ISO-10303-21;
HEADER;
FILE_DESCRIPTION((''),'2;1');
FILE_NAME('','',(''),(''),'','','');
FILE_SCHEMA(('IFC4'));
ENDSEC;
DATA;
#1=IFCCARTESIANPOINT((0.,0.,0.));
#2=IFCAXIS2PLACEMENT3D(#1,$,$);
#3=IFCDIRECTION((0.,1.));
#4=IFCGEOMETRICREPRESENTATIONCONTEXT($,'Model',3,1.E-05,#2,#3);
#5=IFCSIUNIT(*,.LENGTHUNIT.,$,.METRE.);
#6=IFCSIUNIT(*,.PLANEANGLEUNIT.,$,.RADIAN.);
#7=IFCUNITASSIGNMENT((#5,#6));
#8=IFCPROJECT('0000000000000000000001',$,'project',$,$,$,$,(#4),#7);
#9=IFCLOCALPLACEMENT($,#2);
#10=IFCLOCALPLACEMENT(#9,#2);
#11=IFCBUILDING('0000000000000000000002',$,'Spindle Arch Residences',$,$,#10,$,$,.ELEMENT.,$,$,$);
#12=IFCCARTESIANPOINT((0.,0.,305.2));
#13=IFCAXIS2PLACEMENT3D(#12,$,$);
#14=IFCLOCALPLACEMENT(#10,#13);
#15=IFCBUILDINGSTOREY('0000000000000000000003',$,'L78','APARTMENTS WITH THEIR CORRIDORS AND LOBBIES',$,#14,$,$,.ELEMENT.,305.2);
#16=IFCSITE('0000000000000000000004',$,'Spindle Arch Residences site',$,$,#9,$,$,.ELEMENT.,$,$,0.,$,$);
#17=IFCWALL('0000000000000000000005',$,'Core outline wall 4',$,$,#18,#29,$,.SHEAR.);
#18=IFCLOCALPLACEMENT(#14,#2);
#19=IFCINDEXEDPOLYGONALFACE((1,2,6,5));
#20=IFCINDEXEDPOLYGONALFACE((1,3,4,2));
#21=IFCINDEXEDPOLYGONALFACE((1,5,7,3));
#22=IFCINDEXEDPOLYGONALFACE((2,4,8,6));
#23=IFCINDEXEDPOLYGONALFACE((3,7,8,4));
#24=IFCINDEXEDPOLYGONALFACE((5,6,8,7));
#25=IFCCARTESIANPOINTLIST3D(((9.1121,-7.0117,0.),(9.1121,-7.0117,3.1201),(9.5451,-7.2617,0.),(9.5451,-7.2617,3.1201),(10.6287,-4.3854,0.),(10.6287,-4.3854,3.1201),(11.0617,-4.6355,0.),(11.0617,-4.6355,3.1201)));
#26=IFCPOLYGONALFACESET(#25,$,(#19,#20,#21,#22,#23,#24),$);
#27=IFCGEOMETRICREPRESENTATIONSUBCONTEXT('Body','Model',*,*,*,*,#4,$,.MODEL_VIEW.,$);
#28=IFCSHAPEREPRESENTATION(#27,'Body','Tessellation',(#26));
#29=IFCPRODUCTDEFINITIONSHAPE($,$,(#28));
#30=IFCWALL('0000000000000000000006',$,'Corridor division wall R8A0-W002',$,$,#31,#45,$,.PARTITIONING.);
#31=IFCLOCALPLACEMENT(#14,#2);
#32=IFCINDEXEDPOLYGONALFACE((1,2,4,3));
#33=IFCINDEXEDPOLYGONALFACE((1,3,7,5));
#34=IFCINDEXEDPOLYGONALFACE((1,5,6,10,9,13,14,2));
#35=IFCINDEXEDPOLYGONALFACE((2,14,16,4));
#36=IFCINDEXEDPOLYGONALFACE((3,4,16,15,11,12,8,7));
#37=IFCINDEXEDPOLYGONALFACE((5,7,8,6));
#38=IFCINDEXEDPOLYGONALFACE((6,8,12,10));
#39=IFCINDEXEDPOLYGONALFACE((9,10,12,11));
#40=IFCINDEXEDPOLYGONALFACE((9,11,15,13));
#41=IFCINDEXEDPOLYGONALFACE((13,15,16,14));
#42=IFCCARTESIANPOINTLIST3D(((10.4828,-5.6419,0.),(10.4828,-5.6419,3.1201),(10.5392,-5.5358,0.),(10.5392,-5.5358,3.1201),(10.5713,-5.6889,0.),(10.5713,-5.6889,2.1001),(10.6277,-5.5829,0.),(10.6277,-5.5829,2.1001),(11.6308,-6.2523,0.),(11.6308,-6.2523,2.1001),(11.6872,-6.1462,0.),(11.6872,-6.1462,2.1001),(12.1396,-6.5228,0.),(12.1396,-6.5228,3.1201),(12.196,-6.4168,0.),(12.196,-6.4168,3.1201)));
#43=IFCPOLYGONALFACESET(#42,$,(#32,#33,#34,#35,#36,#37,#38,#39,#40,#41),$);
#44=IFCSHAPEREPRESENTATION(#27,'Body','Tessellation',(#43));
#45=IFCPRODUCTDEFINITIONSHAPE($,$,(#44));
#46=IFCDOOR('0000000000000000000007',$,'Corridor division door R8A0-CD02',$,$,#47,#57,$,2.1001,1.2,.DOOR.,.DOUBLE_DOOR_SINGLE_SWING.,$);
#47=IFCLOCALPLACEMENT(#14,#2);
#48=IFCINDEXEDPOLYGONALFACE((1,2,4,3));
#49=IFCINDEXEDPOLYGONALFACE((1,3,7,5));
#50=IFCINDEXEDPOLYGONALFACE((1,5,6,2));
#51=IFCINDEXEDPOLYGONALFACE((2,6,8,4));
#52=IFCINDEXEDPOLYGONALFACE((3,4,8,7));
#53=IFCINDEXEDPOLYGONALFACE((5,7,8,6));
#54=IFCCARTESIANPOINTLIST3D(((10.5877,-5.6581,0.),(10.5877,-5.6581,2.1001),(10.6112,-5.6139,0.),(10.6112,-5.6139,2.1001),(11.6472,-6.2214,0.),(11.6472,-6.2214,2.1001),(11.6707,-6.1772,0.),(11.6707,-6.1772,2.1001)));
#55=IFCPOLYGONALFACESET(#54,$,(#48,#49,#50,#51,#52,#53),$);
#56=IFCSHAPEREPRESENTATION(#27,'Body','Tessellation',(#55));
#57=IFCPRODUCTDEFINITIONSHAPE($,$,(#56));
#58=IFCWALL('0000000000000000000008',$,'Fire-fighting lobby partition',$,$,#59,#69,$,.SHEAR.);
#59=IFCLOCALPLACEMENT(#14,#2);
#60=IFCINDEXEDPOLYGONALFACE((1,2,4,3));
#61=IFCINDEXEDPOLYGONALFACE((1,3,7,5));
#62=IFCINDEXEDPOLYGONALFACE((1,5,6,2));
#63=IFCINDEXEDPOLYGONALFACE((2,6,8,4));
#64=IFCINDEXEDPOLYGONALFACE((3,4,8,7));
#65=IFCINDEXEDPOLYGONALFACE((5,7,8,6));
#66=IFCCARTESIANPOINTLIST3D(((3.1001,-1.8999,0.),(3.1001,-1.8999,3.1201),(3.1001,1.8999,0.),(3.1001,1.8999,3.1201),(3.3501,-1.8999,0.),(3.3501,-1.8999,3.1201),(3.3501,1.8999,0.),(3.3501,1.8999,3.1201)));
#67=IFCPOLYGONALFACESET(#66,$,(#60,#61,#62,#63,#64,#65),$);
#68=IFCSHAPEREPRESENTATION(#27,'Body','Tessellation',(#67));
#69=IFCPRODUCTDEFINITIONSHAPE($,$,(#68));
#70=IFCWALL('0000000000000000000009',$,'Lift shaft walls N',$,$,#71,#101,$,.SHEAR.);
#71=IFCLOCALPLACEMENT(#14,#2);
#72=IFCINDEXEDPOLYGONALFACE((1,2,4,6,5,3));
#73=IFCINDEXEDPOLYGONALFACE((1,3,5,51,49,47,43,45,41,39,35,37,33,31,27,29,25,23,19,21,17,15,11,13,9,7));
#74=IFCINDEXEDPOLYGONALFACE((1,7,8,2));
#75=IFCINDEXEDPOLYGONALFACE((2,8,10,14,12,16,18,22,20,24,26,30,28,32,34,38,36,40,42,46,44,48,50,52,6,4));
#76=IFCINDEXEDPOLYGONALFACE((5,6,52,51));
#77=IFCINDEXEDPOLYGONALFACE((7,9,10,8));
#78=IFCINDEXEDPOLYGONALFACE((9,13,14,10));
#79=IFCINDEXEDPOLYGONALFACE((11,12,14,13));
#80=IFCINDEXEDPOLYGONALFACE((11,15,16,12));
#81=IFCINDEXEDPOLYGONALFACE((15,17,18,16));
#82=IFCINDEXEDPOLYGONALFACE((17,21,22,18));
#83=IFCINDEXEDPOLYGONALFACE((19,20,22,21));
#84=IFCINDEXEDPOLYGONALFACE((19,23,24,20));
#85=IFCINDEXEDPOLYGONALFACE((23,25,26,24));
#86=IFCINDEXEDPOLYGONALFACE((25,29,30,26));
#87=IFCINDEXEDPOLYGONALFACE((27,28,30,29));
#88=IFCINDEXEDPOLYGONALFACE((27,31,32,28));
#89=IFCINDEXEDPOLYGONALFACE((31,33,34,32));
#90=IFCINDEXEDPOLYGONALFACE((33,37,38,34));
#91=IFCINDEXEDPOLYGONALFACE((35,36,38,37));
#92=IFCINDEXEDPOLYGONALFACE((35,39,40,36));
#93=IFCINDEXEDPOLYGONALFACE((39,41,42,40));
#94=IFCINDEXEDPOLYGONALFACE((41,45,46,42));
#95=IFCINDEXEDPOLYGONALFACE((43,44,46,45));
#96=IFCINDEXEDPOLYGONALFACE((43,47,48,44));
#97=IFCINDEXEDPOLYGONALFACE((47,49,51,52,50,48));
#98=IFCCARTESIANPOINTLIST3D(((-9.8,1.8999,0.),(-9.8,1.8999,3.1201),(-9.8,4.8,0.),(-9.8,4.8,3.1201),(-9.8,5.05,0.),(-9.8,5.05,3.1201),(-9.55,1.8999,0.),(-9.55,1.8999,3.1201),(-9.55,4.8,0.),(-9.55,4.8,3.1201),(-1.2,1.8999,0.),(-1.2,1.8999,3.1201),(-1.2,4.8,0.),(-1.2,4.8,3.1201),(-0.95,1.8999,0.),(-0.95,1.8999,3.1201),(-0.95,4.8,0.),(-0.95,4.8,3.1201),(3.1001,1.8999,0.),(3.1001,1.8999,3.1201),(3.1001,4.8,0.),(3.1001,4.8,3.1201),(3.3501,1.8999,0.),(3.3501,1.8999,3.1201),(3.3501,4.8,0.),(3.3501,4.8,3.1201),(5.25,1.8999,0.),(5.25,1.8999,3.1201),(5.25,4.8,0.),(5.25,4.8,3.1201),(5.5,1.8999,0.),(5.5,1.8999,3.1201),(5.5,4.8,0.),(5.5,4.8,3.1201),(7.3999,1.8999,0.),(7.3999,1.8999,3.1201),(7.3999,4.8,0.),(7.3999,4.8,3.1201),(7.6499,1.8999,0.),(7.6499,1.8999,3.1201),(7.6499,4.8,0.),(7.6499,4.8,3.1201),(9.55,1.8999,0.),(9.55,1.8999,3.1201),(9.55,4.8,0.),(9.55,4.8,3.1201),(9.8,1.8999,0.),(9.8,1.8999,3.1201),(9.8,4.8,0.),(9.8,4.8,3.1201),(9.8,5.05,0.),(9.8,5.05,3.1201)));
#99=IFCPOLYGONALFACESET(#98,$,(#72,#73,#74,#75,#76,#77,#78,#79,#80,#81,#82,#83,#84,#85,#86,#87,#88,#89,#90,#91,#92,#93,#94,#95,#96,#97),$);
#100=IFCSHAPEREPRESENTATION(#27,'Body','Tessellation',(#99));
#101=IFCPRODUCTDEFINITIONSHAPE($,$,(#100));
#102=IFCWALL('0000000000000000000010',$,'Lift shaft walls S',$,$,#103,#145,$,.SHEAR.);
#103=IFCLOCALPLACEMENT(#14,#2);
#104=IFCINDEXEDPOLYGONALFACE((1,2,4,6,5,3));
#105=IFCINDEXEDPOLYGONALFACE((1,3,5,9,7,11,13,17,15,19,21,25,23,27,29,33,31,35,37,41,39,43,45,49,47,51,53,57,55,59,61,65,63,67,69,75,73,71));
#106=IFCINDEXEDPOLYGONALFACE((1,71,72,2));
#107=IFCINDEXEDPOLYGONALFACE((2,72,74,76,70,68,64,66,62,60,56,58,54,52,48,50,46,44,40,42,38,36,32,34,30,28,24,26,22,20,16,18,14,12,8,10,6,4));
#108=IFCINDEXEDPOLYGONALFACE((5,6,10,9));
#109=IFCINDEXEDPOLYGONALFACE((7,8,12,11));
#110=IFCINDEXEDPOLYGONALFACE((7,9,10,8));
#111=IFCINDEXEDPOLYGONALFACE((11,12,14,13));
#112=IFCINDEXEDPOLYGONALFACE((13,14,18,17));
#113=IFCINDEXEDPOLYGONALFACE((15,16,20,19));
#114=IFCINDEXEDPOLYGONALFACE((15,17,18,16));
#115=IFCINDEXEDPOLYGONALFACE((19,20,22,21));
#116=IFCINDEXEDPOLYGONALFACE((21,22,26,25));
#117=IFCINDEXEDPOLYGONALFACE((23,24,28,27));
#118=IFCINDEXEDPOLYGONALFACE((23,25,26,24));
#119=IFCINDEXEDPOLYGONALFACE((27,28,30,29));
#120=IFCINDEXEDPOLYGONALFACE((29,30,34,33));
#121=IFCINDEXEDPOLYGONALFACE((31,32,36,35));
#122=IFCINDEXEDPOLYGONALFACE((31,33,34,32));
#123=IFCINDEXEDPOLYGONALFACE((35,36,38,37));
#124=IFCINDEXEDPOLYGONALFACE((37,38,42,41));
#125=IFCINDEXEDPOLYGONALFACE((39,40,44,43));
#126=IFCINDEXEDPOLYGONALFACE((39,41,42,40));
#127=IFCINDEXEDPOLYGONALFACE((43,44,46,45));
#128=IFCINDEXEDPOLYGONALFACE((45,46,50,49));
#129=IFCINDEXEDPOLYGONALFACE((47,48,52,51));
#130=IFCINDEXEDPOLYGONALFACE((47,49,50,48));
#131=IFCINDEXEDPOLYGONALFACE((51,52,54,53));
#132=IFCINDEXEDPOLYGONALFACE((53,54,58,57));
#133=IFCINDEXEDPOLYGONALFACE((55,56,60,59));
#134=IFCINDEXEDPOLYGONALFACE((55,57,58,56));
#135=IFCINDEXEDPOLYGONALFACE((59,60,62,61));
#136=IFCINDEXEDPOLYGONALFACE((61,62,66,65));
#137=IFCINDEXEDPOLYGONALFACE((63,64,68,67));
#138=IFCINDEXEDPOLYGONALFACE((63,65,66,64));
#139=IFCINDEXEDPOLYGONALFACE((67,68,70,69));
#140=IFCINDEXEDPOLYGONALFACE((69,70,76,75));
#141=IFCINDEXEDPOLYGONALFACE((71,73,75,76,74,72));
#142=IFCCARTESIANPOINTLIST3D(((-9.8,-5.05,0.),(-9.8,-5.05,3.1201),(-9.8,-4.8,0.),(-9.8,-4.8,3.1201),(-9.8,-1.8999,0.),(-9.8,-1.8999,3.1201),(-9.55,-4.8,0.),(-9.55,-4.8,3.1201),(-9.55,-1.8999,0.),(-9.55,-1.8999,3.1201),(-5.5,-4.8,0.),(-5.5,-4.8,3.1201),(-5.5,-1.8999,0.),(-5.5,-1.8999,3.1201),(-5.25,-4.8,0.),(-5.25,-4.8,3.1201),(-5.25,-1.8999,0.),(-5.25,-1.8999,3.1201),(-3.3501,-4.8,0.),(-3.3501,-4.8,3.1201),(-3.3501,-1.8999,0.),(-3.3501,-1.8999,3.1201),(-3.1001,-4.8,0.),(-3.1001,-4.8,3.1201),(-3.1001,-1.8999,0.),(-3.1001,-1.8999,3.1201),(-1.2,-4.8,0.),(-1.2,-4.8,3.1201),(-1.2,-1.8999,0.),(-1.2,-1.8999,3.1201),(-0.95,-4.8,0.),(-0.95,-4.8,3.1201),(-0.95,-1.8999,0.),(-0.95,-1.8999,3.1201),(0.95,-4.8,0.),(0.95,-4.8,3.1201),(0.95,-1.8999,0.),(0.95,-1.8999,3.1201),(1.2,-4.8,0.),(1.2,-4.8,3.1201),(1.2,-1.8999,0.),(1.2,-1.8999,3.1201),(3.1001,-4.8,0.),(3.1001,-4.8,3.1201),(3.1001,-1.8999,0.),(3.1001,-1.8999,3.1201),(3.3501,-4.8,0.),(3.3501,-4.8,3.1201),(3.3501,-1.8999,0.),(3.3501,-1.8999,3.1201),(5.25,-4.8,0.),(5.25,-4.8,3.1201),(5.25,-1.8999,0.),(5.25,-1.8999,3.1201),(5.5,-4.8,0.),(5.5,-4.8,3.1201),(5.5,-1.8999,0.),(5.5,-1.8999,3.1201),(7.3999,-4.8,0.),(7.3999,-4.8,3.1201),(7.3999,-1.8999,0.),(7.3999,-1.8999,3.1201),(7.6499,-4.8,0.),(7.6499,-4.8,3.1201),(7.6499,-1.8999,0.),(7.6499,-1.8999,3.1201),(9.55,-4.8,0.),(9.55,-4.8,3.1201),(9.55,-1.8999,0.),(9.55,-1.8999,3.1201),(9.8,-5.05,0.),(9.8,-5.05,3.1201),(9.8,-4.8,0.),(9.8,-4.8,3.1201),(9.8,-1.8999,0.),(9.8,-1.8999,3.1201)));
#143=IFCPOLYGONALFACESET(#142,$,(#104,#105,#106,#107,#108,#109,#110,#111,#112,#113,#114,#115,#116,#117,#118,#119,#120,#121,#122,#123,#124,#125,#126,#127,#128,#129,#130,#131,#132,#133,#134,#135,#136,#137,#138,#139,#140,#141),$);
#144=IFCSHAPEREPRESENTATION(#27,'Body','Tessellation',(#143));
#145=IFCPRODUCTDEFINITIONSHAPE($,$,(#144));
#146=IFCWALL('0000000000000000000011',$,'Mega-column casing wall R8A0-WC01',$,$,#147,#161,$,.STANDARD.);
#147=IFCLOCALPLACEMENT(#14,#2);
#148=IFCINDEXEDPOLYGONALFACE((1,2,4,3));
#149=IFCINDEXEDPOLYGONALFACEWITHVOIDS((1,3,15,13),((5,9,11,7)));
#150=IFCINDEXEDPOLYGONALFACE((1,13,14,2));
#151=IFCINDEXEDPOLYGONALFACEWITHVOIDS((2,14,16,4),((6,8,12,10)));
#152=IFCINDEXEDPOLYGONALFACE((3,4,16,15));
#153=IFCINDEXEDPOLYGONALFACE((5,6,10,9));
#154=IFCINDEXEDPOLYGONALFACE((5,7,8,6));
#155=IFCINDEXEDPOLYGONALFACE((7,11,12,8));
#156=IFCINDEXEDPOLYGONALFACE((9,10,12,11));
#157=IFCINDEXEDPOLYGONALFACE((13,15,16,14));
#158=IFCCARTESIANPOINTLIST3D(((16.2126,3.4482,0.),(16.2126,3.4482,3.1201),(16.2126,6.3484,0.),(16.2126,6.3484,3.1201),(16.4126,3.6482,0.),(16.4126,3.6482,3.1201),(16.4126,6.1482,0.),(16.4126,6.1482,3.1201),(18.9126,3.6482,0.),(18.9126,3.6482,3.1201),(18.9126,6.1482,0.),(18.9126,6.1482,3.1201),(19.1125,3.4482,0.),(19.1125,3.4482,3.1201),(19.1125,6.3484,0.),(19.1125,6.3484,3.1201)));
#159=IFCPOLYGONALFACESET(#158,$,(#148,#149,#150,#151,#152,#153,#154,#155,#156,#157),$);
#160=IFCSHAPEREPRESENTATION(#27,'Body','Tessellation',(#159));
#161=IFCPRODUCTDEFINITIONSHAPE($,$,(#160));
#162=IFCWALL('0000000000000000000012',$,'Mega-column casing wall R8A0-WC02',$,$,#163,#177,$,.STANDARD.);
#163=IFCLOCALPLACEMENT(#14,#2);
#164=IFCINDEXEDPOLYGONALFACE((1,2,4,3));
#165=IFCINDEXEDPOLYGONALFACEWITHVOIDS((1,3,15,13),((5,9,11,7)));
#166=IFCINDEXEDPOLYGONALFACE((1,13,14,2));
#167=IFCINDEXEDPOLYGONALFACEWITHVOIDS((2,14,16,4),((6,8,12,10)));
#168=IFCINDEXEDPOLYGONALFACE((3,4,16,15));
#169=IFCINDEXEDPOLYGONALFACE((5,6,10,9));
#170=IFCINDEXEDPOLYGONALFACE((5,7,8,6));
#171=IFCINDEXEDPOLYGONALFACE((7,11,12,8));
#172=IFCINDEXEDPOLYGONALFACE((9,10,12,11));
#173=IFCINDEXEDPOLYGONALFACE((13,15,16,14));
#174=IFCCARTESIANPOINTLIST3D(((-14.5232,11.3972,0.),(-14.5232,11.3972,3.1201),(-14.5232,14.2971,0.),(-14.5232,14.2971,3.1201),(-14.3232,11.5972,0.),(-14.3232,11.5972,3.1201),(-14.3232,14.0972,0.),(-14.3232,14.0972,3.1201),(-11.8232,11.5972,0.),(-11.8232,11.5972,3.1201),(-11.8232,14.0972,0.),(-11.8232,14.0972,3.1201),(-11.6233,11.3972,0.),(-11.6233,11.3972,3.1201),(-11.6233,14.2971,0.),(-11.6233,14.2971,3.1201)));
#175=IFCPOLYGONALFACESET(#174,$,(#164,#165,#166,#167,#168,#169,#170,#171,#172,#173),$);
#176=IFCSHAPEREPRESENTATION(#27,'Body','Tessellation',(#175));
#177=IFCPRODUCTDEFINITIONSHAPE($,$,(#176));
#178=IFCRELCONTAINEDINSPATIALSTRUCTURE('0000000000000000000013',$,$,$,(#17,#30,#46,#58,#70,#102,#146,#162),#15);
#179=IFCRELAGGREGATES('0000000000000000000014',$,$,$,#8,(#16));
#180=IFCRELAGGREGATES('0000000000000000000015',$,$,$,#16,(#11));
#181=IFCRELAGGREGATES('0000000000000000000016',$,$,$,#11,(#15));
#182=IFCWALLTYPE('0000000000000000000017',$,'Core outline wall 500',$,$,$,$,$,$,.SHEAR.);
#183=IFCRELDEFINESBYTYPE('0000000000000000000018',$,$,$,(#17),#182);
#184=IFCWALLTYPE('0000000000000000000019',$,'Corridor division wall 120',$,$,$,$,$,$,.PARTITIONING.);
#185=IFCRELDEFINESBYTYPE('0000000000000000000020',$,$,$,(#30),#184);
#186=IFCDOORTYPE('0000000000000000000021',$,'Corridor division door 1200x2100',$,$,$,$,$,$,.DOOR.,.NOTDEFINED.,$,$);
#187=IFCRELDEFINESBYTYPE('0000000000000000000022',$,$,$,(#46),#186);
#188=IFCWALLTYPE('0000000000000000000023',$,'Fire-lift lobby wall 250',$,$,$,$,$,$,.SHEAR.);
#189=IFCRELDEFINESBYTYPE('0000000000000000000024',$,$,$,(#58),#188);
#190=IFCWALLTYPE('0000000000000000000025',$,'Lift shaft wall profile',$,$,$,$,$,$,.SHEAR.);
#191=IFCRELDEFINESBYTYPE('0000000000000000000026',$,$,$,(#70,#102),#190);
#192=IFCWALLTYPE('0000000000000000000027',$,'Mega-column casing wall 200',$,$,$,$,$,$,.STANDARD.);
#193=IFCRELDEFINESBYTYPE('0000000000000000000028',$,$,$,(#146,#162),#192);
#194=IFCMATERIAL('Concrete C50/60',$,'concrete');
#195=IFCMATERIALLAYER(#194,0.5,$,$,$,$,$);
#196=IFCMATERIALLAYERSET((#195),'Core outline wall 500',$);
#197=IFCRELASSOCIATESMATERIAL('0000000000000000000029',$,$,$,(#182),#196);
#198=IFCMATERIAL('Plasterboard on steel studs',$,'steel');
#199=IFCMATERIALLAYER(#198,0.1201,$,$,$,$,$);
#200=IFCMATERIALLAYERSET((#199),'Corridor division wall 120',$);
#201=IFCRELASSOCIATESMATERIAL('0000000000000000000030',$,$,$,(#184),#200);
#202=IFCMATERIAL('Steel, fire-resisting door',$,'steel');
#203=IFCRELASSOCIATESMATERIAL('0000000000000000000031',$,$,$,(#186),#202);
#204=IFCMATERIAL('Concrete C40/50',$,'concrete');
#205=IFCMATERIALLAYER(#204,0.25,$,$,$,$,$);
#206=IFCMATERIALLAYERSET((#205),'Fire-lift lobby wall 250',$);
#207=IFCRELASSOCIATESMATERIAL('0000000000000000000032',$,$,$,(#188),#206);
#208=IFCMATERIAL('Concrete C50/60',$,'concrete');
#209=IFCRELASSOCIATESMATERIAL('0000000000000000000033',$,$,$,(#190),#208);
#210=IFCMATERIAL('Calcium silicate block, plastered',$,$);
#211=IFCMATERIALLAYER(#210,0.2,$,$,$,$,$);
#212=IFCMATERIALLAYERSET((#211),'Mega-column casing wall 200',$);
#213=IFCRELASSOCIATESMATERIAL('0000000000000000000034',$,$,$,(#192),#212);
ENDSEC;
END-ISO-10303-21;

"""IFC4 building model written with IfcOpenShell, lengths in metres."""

from ifc_helpers import new_model, si_unit, direction, frame, frame_2d, origin, place, context, subcontext, project, spatial, polyline, rectangle, outline, extrude, material, layer, layer_set, type_object, element, fill, save


model = new_model("IFC4")

# Units and contexts
model_context = context("Model", 3, precision=1e-05, world=origin(), true_north=direction((0.0, 1.0)))
body_context = subcontext(model_context, "Body", "Model", "MODEL_VIEW")
ifc_project = project(units=[si_unit("LENGTHUNIT", "METRE"), si_unit("PLANEANGLEUNIT", "RADIAN")], contexts=[model_context])

# Site, building, storey
site_placement = place(None, origin())
site = spatial("IfcSite", under=ifc_project, at=site_placement, Name="Spindle Arch Residences site", CompositionType="ELEMENT", RefElevation=0.0)
building_placement = place(site_placement, origin())
building = spatial("IfcBuilding", under=site, at=building_placement, Name="Spindle Arch Residences", CompositionType="ELEMENT")
storey_placement = place(building_placement, frame((0.0, 0.0, 305.2)))
storey = spatial("IfcBuildingStorey", under=building, at=storey_placement, Name="L78", Description="APARTMENTS WITH THEIR CORRIDORS AND LOBBIES", CompositionType="ELEMENT", Elevation=305.2)

# Wall
ifc_material_1 = material(Name="Concrete C50/60", Category="concrete")
ifc_layer_1 = layer(ifc_material_1, 0.5)
ifc_layer_set_1 = layer_set([ifc_layer_1], Name="Core outline wall 500")
wall_type_1 = type_object("IfcWallType", Name="Core outline wall 500", PredefinedType="SHEAR", material=ifc_layer_set_1)
wall_1_placement = place(storey_placement, frame((9.3286, -7.1367, 0.0), z_axis=(0.0, 0.0, 1.0), x_axis=(0.500087, 0.865975, 0.0)))
element("IfcWall", 1, at=wall_1_placement, inside=storey, type_object=wall_type_1, Name="Core outline wall 4", PredefinedType="SHEAR", context=body_context, shape_type="SweptSolid", body=[
    extrude(rectangle(XDim=3.0327, YDim=0.5, at=frame_2d((1.5164, 0.0))), origin(), (0.0, 0.0, 1.0), 3.1201),
])

# Wall, opening, door
ifc_material_2 = material(Name="Plasterboard on steel studs", Category="steel")
ifc_layer_2 = layer(ifc_material_2, 0.1201)
ifc_layer_set_2 = layer_set([ifc_layer_2], Name="Corridor division wall 120")
wall_type_2 = type_object("IfcWallType", Name="Corridor division wall 120", PredefinedType="PARTITIONING", material=ifc_layer_set_2)
wall_2_placement = place(storey_placement, frame((10.511, -5.5889, 0.0), z_axis=(0.0, 0.0, 1.0), x_axis=(0.882957, -0.469453, 0.0)))
wall_2 = element("IfcWall", 2, at=wall_2_placement, inside=storey, type_object=wall_type_2, Name="Corridor division wall R8A0-W002", PredefinedType="PARTITIONING", context=body_context, shape_type="SweptSolid", body=[
    extrude(rectangle(XDim=1.8765, YDim=0.1201, at=frame_2d((0.9382, 0.0))), origin(), (0.0, 0.0, 1.0), 3.1201),
])
opening_1_placement = place(wall_2_placement, frame((0.1001, 0.0, 0.0)))
opening_1 = element("IfcOpeningElement", 3, at=opening_1_placement, cuts=wall_2, PredefinedType="OPENING", context=body_context, shape_type="SweptSolid", body=[
    extrude(rectangle(XDim=1.2, YDim=2.1001, at=frame_2d((0.6001, 1.05))), frame((0.0, 0.0701, 0.0), z_axis=(0.0, -1.0, 0.0), x_axis=(1.0, 0.0, 0.0)), (0.0, 0.0, 1.0), 0.1401),
])
ifc_material_3 = material(Name="Steel, fire-resisting door", Category="steel")
door_type_1 = type_object("IfcDoorType", Name="Corridor division door 1200x2100", OperationType="NOTDEFINED", PredefinedType="DOOR", material=ifc_material_3)
door_1_placement = place(opening_1_placement, origin())
door_1 = element("IfcDoor", 4, at=door_1_placement, inside=storey, type_object=door_type_1, Name="Corridor division door R8A0-CD02", OperationType="DOUBLE_DOOR_SINGLE_SWING", OverallHeight=2.1001, OverallWidth=1.2, PredefinedType="DOOR", context=body_context, shape_type="SweptSolid", body=[
    extrude(rectangle(XDim=1.2, YDim=2.1001, at=frame_2d((0.6001, 1.05))), frame((0.0, 0.0249, 0.0), z_axis=(0.0, -1.0, 0.0), x_axis=(1.0, 0.0, 0.0)), (0.0, 0.0, 1.0), 0.05),
])
fill(opening_1, door_1)

# Wall
ifc_material_4 = material(Name="Concrete C40/50", Category="concrete")
ifc_layer_3 = layer(ifc_material_4, 0.25)
ifc_layer_set_3 = layer_set([ifc_layer_3], Name="Fire-lift lobby wall 250")
wall_type_3 = type_object("IfcWallType", Name="Fire-lift lobby wall 250", PredefinedType="SHEAR", material=ifc_layer_set_3)
wall_3_placement = place(storey_placement, frame((3.2251, -1.8999, 0.0), z_axis=(0.0, 0.0, 1.0), x_axis=(0.0, 1.0, 0.0)))
element("IfcWall", 5, at=wall_3_placement, inside=storey, type_object=wall_type_3, Name="Fire-fighting lobby partition", PredefinedType="SHEAR", context=body_context, shape_type="SweptSolid", body=[
    extrude(rectangle(XDim=3.7998, YDim=0.25, at=frame_2d((1.8999, 0.0))), origin(), (0.0, 0.0, 1.0), 3.1201),
])

# Walls
ifc_material_5 = material(Name="Concrete C50/60", Category="concrete")
wall_type_4 = type_object("IfcWallType", Name="Lift shaft wall profile", PredefinedType="SHEAR", material=ifc_material_5)
wall_4_placement = place(storey_placement, origin())
element("IfcWall", 6, at=wall_4_placement, inside=storey, type_object=wall_type_4, Name="Lift shaft walls N", PredefinedType="SHEAR", context=body_context, shape_type="SweptSolid", body=[
    extrude(outline(polyline([(-9.8, 1.8999), (-9.55, 1.8999), (-9.55, 4.8), (-1.2, 4.8), (-1.2, 1.8999), (-0.95, 1.8999), (-0.95, 4.8), (3.1001, 4.8), (3.1001, 1.8999), (3.3501, 1.8999), (3.3501, 4.8), (5.25, 4.8), (5.25, 1.8999), (5.5, 1.8999), (5.5, 4.8), (7.3999, 4.8), (7.3999, 1.8999), (7.6499, 1.8999), (7.6499, 4.8), (9.55, 4.8), (9.55, 1.8999), (9.8, 1.8999), (9.8, 4.8), (9.8, 5.05), (-9.8, 5.05), (-9.8, 4.8), (-9.8, 1.8999)])), origin(), (0.0, 0.0, 1.0), 3.1201),
])
wall_5_placement = place(storey_placement, origin())
element("IfcWall", 7, at=wall_5_placement, inside=storey, type_object=wall_type_4, Name="Lift shaft walls S", PredefinedType="SHEAR", context=body_context, shape_type="SweptSolid", body=[
    extrude(outline(polyline([(9.8, -5.05), (9.8, -4.8), (9.8, -1.8999), (9.55, -1.8999), (9.55, -4.8), (7.6499, -4.8), (7.6499, -1.8999), (7.3999, -1.8999), (7.3999, -4.8), (5.5, -4.8), (5.5, -1.8999), (5.25, -1.8999), (5.25, -4.8), (3.3501, -4.8), (3.3501, -1.8999), (3.1001, -1.8999), (3.1001, -4.8), (1.2, -4.8), (1.2, -1.8999), (0.95, -1.8999), (0.95, -4.8), (-0.95, -4.8), (-0.95, -1.8999), (-1.2, -1.8999), (-1.2, -4.8), (-3.1001, -4.8), (-3.1001, -1.8999), (-3.3501, -1.8999), (-3.3501, -4.8), (-5.25, -4.8), (-5.25, -1.8999), (-5.5, -1.8999), (-5.5, -4.8), (-9.55, -4.8), (-9.55, -1.8999), (-9.8, -1.8999), (-9.8, -4.8), (-9.8, -5.05), (9.8, -5.05)])), origin(), (0.0, 0.0, 1.0), 3.1201),
])
ifc_material_6 = material(Name="Calcium silicate block, plastered")
ifc_layer_4 = layer(ifc_material_6, 0.2)
ifc_layer_set_4 = layer_set([ifc_layer_4], Name="Mega-column casing wall 200")
wall_type_5 = type_object("IfcWallType", Name="Mega-column casing wall 200", PredefinedType="STANDARD", material=ifc_layer_set_4)
wall_6_placement = place(storey_placement, origin())
element("IfcWall", 8, at=wall_6_placement, inside=storey, type_object=wall_type_5, Name="Mega-column casing wall R8A0-WC01", PredefinedType="STANDARD", context=body_context, shape_type="SweptSolid", body=[
    extrude(outline(polyline([(19.1125, 6.3484), (19.1125, 3.4482), (16.2126, 3.4482), (16.2126, 6.3484), (19.1125, 6.3484)]), holes=[polyline([(16.4126, 3.6482), (18.9126, 3.6482), (18.9126, 6.1482), (16.4126, 6.1482), (16.4126, 3.6482)])]), origin(), (0.0, 0.0, 1.0), 3.1201),
])
wall_7_placement = place(storey_placement, origin())
element("IfcWall", 9, at=wall_7_placement, inside=storey, type_object=wall_type_5, Name="Mega-column casing wall R8A0-WC02", PredefinedType="STANDARD", context=body_context, shape_type="SweptSolid", body=[
    extrude(outline(polyline([(-11.6233, 14.2971), (-11.6233, 11.3972), (-14.5232, 11.3972), (-14.5232, 14.2971), (-11.6233, 14.2971)]), holes=[polyline([(-14.3232, 11.5972), (-11.8232, 11.5972), (-11.8232, 14.0972), (-14.3232, 14.0972), (-14.3232, 11.5972)])]), origin(), (0.0, 0.0, 1.0), 3.1201),
])

save(model, "model.ifc")
